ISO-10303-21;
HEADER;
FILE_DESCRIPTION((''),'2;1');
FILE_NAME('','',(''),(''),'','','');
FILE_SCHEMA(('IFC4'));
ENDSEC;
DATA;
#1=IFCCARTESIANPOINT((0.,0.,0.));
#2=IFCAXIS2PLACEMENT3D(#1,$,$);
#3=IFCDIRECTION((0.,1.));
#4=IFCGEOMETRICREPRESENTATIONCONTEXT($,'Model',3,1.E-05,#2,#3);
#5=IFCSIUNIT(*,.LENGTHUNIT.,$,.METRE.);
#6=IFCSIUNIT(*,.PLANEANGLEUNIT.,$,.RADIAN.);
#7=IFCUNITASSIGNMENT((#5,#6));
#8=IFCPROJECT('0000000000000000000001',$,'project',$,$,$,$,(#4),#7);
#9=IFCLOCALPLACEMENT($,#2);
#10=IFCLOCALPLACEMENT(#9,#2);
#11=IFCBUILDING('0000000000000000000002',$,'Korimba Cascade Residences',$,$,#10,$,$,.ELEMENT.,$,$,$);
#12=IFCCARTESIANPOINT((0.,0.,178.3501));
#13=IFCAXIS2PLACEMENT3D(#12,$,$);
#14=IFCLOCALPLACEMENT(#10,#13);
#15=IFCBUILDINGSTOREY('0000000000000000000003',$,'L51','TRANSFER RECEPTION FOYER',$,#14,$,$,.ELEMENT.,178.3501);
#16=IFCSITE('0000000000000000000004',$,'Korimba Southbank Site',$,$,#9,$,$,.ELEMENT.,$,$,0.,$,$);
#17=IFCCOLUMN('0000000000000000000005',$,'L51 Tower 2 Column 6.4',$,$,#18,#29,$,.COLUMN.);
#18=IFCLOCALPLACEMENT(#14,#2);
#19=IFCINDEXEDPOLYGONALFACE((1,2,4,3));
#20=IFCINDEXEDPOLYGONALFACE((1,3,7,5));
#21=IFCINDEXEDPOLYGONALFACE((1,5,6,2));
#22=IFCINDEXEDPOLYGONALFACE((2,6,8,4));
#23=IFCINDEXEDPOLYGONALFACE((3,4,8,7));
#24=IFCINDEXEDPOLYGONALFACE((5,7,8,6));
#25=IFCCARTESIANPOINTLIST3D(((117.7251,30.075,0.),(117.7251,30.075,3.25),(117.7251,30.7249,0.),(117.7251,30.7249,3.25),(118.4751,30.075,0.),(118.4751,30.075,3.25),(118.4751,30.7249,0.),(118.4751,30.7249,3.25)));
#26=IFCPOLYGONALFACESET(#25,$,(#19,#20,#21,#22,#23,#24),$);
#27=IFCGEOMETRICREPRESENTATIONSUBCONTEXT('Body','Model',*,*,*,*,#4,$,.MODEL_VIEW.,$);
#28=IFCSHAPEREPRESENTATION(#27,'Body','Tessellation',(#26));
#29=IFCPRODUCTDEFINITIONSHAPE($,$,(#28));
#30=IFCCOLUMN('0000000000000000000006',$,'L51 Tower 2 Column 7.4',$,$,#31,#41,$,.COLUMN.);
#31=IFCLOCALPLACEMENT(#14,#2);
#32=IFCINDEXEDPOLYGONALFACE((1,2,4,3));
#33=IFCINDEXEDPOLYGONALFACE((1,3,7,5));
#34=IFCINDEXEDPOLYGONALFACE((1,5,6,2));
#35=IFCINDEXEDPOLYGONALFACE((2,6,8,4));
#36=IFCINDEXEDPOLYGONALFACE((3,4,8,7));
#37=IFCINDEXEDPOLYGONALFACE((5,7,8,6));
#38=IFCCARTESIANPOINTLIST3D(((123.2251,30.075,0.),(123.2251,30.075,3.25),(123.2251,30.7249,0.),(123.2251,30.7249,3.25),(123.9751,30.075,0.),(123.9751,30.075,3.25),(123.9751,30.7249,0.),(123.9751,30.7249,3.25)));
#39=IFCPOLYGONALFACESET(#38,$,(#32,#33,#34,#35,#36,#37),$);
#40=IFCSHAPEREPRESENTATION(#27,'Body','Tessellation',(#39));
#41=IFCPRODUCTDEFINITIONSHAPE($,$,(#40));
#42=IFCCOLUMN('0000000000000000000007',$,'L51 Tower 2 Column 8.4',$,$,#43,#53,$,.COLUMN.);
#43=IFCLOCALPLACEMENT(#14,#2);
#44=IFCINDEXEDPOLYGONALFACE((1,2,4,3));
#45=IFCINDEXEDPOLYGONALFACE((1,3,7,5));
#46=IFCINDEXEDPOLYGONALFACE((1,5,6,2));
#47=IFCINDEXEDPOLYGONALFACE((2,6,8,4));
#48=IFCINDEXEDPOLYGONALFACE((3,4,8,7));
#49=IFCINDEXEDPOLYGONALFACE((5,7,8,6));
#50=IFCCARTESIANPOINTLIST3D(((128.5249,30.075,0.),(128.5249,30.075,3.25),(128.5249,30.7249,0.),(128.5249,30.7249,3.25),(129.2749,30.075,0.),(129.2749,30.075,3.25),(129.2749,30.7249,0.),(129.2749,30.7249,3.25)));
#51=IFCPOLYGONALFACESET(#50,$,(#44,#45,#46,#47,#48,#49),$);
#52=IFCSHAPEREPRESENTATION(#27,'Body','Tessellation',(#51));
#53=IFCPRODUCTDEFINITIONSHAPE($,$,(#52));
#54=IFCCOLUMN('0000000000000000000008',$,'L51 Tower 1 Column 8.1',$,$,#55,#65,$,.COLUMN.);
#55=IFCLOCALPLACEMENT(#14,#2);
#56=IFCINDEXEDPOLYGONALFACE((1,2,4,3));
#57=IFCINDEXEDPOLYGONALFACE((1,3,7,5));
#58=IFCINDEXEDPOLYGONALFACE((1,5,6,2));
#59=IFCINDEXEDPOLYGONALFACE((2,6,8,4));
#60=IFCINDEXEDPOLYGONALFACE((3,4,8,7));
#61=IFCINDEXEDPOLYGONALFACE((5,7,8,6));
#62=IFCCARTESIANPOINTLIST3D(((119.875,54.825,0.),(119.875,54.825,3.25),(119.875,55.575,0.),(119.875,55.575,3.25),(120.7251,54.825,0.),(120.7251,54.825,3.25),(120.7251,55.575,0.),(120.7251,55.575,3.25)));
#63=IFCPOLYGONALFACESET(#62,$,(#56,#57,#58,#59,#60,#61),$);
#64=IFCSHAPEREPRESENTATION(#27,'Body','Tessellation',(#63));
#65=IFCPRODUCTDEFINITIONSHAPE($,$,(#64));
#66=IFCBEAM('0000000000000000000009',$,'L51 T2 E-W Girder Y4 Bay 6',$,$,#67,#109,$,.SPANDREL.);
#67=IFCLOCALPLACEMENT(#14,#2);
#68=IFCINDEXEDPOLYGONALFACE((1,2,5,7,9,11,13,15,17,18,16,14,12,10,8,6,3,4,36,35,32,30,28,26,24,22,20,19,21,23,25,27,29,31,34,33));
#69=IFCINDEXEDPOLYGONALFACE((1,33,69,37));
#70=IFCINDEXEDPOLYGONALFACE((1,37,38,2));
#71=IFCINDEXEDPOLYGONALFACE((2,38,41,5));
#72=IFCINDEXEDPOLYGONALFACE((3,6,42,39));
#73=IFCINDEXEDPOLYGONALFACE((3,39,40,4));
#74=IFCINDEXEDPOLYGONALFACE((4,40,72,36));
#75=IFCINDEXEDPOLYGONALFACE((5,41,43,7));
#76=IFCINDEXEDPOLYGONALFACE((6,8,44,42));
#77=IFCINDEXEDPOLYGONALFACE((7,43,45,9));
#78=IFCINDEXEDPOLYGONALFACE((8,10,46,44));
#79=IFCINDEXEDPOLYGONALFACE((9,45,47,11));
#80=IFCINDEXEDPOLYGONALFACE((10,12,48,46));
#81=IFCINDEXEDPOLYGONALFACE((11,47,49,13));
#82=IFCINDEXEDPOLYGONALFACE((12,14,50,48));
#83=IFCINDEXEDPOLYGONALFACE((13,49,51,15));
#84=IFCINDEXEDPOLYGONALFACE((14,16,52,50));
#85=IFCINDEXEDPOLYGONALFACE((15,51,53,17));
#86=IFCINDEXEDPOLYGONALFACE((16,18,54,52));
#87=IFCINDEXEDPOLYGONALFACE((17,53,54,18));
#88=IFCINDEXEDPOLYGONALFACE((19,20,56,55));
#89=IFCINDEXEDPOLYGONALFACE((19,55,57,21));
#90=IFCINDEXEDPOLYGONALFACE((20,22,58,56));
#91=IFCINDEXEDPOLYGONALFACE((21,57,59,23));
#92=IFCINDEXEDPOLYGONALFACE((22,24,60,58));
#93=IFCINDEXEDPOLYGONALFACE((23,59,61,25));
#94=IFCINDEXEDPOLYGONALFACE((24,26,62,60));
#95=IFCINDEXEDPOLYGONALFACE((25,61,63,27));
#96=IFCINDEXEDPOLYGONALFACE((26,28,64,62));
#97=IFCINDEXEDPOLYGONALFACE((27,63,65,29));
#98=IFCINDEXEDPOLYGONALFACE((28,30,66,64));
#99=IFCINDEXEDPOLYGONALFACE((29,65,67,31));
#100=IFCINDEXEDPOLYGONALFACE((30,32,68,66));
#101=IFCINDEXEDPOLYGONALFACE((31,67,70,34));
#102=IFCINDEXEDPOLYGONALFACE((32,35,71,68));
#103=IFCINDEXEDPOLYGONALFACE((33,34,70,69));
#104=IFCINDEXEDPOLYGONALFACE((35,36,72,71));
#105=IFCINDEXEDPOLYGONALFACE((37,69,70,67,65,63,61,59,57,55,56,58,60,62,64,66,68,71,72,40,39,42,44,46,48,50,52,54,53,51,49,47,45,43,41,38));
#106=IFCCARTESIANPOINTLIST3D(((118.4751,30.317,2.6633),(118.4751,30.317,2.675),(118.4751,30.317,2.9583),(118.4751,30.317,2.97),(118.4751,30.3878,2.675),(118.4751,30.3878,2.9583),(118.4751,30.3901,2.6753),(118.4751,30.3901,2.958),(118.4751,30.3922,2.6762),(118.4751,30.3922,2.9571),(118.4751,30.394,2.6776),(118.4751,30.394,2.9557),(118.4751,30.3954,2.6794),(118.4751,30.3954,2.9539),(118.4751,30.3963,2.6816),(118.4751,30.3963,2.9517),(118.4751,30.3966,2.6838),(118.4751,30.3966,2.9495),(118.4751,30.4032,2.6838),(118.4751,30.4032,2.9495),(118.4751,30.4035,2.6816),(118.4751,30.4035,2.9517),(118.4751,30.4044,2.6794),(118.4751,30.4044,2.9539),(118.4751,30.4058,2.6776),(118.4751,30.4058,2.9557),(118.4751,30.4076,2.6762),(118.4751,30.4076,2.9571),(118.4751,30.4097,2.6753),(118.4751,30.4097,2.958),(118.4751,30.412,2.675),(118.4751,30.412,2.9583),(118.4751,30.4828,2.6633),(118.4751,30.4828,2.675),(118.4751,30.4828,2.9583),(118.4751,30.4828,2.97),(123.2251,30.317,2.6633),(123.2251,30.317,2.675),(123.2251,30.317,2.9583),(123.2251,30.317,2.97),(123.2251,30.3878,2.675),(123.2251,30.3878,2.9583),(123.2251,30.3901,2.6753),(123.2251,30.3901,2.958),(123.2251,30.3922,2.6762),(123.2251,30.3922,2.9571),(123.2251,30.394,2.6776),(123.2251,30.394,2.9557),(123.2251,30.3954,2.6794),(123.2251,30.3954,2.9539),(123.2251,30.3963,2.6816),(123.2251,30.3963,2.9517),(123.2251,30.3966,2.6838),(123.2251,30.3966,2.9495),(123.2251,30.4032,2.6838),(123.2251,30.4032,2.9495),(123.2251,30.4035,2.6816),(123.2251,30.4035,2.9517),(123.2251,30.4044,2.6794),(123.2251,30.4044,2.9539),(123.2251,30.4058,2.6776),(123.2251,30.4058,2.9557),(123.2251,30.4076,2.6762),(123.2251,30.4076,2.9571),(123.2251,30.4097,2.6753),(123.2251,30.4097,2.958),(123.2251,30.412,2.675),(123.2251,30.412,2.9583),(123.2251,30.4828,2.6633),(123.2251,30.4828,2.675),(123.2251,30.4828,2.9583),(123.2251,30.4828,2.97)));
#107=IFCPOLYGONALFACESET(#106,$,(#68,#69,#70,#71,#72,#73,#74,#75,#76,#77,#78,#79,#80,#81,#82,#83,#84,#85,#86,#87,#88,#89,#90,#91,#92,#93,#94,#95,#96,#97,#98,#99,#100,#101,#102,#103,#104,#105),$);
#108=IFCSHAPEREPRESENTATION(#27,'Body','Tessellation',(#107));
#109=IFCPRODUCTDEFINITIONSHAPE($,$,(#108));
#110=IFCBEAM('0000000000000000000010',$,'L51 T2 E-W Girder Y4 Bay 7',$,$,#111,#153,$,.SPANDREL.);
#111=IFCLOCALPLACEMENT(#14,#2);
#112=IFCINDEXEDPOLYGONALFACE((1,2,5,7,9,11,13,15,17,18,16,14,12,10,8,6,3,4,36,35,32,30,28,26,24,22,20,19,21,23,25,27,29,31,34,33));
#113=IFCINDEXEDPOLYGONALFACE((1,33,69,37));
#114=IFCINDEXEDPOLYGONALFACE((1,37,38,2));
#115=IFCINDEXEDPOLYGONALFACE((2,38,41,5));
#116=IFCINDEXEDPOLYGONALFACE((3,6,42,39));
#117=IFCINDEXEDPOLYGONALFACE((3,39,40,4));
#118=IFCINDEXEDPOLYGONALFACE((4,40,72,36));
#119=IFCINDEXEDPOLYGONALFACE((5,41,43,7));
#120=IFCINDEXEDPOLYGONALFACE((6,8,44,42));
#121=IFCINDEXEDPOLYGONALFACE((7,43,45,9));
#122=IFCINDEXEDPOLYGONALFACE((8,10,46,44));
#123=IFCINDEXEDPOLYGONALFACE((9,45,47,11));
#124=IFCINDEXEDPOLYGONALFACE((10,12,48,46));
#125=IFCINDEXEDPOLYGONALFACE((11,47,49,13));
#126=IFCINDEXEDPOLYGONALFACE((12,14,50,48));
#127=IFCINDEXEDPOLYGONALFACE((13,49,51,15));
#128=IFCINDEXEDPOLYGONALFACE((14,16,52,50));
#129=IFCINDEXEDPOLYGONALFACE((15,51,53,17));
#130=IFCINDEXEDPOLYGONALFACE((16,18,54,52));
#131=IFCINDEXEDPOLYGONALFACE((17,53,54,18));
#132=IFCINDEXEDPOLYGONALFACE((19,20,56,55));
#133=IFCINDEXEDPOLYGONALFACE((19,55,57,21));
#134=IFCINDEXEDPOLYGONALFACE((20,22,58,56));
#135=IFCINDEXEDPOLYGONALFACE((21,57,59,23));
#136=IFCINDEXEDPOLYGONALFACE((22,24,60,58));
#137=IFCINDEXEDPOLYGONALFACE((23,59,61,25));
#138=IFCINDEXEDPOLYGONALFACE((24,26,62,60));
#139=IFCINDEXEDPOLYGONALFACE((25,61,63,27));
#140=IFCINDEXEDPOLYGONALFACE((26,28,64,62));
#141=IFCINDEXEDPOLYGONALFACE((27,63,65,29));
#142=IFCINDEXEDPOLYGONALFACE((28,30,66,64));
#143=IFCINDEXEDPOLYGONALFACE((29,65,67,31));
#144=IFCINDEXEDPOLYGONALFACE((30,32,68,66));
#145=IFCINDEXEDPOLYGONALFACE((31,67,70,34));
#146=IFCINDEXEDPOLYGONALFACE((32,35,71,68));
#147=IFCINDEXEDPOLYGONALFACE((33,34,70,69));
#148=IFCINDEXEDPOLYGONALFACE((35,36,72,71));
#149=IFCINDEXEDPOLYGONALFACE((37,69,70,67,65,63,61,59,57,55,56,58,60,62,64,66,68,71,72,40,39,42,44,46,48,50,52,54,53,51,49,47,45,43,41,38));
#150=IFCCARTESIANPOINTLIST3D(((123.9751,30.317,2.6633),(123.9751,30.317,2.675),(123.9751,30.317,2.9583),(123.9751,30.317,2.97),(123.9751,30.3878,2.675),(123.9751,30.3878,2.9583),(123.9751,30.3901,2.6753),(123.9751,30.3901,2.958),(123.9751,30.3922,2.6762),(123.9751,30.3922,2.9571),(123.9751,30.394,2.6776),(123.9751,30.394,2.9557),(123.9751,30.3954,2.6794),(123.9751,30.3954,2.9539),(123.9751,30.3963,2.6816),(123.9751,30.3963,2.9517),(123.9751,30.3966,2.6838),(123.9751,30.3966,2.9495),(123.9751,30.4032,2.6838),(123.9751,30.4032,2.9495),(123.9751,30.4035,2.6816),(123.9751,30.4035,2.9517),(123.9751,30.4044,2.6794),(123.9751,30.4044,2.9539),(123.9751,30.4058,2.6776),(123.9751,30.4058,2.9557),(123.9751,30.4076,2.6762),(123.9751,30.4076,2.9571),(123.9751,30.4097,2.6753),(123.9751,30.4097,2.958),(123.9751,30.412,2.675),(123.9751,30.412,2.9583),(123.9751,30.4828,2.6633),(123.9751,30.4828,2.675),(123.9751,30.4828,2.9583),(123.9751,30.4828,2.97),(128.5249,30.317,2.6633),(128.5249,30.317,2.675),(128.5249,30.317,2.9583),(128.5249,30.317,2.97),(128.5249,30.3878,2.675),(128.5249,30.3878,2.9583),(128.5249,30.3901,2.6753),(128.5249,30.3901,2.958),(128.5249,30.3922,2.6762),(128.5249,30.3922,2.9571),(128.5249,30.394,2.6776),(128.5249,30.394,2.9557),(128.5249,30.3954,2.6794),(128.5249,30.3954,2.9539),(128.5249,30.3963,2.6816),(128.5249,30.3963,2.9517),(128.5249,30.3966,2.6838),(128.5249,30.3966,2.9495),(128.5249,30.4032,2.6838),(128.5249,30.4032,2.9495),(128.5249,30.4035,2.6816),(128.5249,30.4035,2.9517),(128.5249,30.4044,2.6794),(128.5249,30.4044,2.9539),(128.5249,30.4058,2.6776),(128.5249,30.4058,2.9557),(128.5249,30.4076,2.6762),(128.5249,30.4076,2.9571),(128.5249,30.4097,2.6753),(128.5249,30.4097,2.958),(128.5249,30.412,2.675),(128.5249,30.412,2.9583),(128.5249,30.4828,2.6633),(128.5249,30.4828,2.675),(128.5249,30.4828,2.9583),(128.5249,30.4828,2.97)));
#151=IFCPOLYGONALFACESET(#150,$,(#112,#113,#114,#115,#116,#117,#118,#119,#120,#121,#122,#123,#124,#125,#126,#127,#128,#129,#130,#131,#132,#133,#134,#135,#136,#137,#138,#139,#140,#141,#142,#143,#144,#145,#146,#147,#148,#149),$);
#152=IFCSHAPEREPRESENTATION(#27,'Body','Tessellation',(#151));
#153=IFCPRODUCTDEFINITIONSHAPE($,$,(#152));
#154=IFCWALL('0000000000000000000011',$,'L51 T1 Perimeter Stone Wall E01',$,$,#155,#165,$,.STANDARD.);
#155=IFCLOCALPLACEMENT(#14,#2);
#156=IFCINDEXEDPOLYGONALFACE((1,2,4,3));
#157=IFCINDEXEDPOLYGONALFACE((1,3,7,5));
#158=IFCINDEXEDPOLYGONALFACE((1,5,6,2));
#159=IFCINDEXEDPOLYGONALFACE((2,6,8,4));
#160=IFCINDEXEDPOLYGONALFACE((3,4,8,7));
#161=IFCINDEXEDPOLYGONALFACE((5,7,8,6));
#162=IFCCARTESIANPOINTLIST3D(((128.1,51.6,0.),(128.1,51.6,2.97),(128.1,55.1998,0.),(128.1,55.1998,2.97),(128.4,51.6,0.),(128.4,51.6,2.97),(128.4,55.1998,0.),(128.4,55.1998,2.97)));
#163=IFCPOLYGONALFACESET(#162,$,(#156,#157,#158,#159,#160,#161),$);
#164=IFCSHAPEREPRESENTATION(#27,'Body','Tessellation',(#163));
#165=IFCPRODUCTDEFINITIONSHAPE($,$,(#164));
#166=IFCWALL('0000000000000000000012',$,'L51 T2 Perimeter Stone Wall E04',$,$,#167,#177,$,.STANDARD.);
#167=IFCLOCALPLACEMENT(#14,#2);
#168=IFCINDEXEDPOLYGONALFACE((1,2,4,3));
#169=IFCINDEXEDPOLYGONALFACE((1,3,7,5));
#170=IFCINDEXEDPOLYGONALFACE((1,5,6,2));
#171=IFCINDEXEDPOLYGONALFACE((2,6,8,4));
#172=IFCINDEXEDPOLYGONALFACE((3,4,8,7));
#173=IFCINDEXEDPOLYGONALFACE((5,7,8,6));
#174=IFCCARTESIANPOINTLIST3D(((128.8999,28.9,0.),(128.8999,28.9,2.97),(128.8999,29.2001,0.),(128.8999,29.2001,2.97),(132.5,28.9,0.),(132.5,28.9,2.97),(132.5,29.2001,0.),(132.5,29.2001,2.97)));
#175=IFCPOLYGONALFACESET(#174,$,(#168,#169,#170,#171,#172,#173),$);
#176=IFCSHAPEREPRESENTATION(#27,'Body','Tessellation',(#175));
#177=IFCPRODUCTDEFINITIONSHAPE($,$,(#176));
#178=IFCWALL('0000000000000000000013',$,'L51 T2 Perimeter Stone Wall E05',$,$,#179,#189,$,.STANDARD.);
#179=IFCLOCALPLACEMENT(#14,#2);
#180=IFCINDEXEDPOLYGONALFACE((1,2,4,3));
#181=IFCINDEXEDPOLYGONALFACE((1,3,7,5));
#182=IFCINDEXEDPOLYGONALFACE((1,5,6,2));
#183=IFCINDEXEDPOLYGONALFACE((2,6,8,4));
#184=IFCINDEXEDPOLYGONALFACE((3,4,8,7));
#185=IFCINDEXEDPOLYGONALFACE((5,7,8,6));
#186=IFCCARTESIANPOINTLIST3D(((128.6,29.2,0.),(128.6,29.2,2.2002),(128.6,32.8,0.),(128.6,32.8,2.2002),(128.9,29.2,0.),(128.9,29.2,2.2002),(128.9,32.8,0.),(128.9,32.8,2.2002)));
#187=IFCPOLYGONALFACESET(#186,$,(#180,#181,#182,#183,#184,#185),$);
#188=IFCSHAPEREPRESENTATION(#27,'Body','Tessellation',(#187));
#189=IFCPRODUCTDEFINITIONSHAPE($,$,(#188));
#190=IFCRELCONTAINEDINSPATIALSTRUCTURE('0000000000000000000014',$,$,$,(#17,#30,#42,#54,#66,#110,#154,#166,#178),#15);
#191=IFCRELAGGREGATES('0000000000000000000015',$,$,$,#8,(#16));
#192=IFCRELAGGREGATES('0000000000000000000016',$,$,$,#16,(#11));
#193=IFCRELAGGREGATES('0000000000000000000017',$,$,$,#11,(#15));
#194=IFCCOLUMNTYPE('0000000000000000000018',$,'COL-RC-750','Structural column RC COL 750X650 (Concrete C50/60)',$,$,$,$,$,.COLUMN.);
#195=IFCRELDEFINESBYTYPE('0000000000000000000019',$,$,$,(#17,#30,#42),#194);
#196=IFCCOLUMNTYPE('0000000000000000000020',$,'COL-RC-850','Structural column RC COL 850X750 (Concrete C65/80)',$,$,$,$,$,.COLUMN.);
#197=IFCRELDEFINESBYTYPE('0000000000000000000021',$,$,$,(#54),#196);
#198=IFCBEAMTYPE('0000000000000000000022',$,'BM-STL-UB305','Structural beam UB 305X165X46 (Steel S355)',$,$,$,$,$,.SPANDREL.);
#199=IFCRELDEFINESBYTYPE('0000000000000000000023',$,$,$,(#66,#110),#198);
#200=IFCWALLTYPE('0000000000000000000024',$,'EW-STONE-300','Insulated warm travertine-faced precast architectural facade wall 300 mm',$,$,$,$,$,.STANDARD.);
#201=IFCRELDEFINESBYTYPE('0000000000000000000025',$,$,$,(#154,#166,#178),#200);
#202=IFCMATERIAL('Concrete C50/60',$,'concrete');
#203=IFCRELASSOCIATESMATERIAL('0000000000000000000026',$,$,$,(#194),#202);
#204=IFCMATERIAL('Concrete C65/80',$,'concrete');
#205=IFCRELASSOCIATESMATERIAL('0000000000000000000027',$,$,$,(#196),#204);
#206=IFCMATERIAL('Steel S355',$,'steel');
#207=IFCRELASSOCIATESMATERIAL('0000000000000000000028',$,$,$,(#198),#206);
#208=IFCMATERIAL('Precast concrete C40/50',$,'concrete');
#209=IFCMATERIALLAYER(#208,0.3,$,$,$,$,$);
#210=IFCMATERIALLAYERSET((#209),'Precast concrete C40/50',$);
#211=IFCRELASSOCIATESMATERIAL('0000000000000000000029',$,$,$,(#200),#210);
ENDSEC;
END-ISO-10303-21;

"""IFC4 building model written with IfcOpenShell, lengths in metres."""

from ifc_helpers import new_model, si_unit, direction, frame, frame_2d, origin, origin_2d, place, context, subcontext, project, spatial, rectangle, i_section, extrude, material, layer, layer_set, material_profile, profile_set, type_object, element, save


model = new_model("IFC4")

# Units and contexts
model_context = context("Model", 3, precision=1e-05, world=origin(), true_north=direction((0.0, 1.0)))
body_context = subcontext(model_context, "Body", "Model", "MODEL_VIEW")
ifc_project = project(units=[si_unit("LENGTHUNIT", "METRE"), si_unit("PLANEANGLEUNIT", "RADIAN")], contexts=[model_context])

# Site, building, storey
site_placement = place(None, origin())
site = spatial("IfcSite", under=ifc_project, at=site_placement, Name="Korimba Southbank Site", CompositionType="ELEMENT", RefElevation=0.0)
building_placement = place(site_placement, origin())
building = spatial("IfcBuilding", under=site, at=building_placement, Name="Korimba Cascade Residences", CompositionType="ELEMENT")
storey_placement = place(building_placement, frame((0.0, 0.0, 178.3501)))
storey = spatial("IfcBuildingStorey", under=building, at=storey_placement, Name="L51", Description="TRANSFER RECEPTION FOYER", CompositionType="ELEMENT", Elevation=178.3501)

# Columns
ifc_material_1 = material(Name="Concrete C50/60", Category="concrete")
ifc_material_profile_1 = material_profile(ifc_material_1, rectangle(XDim=0.75, YDim=0.6499, at=origin_2d()), Name="Concrete C50/60")
ifc_profile_set_1 = profile_set([ifc_material_profile_1], Name="Concrete C50/60")
column_type_1 = type_object("IfcColumnType", Name="COL-RC-750", Description="Structural column RC COL 750X650 (Concrete C50/60)", PredefinedType="COLUMN", material=ifc_profile_set_1)
for number, where, z_axis, x_axis, name in (
    (1, (118.1001, 30.3999, 0.0), (0.0, 0.0, 1.0), (1.0, 0.0, 0.0), "L51 Tower 2 Column 6.4"),
    (2, (123.6001, 30.3999, 0.0), (0.0, 0.0, 1.0), (1.0, 0.0, 0.0), "L51 Tower 2 Column 7.4"),
    (3, (128.8999, 30.3999, 0.0), (0.0, 0.0, 1.0), (1.0, 0.0, 0.0), "L51 Tower 2 Column 8.4"),
):
    element("IfcColumn", number, at=place(storey_placement, frame(where, z_axis=z_axis, x_axis=x_axis)), inside=storey, type_object=column_type_1, Name=name, PredefinedType="COLUMN", context=body_context, shape_type="SweptSolid", body=[
        extrude(rectangle(XDim=0.75, YDim=0.6499, at=origin_2d()), origin(), (0.0, 0.0, 1.0), 3.25),
    ])
ifc_material_2 = material(Name="Concrete C65/80", Category="concrete")
ifc_material_profile_2 = material_profile(ifc_material_2, rectangle(XDim=0.8501, YDim=0.75, at=origin_2d()), Name="Concrete C65/80")
ifc_profile_set_2 = profile_set([ifc_material_profile_2], Name="Concrete C65/80")
column_type_2 = type_object("IfcColumnType", Name="COL-RC-850", Description="Structural column RC COL 850X750 (Concrete C65/80)", PredefinedType="COLUMN", material=ifc_profile_set_2)
column_placement = place(storey_placement, frame((120.3, 55.2, 0.0), z_axis=(0.0, 0.0, 1.0), x_axis=(1.0, 0.0, 0.0)))
element("IfcColumn", 4, at=column_placement, inside=storey, type_object=column_type_2, Name="L51 Tower 1 Column 8.1", PredefinedType="COLUMN", context=body_context, shape_type="SweptSolid", body=[
    extrude(rectangle(XDim=0.8501, YDim=0.75, at=origin_2d()), origin(), (0.0, 0.0, 1.0), 3.25),
])

# Beams
ifc_material_3 = material(Name="Steel S355", Category="steel")
ifc_material_profile_3 = material_profile(ifc_material_3, i_section(OverallWidth=0.1658, OverallDepth=0.3066, WebThickness=0.0066, FlangeThickness=0.0117, FilletRadius=0.0088, at=origin_2d()), Name="Steel S355")
ifc_profile_set_3 = profile_set([ifc_material_profile_3], Name="Steel S355")
beam_type = type_object("IfcBeamType", Name="BM-STL-UB305", Description="Structural beam UB 305X165X46 (Steel S355)", PredefinedType="SPANDREL", material=ifc_profile_set_3)
beam_1_placement = place(storey_placement, frame((118.4751, 30.3999, 2.8167), z_axis=(1.0, 0.0, 0.0), x_axis=(0.0, 1.0, 0.0)))
element("IfcBeam", 5, at=beam_1_placement, inside=storey, type_object=beam_type, Name="L51 T2 E-W Girder Y4 Bay 6", PredefinedType="SPANDREL", context=body_context, shape_type="SweptSolid", body=[
    extrude(i_section(OverallWidth=0.1658, OverallDepth=0.3066, WebThickness=0.0066, FlangeThickness=0.0117, FilletRadius=0.0088, at=origin_2d()), origin(), (0.0, 0.0, 1.0), 4.75),
])
beam_2_placement = place(storey_placement, frame((123.9751, 30.3999, 2.8167), z_axis=(1.0, 0.0, 0.0), x_axis=(0.0, 1.0, 0.0)))
element("IfcBeam", 6, at=beam_2_placement, inside=storey, type_object=beam_type, Name="L51 T2 E-W Girder Y4 Bay 7", PredefinedType="SPANDREL", context=body_context, shape_type="SweptSolid", body=[
    extrude(i_section(OverallWidth=0.1658, OverallDepth=0.3066, WebThickness=0.0066, FlangeThickness=0.0117, FilletRadius=0.0088, at=origin_2d()), origin(), (0.0, 0.0, 1.0), 4.5498),
])

# Walls
ifc_material_4 = material(Name="Precast concrete C40/50", Category="concrete")
ifc_layer_1 = layer(ifc_material_4, 0.3)
ifc_layer_set_1 = layer_set([ifc_layer_1], Name="Precast concrete C40/50")
wall_type_1 = type_object("IfcWallType", Name="EW-STONE-300", Description="Insulated warm travertine-faced precast architectural facade wall 300 mm", PredefinedType="STANDARD", material=ifc_layer_set_1)
wall_1_placement = place(storey_placement, frame((128.25, 51.6001, 0.0), z_axis=(0.0, 0.0, 1.0), x_axis=(0.0, 1.0, 0.0)))
element("IfcWall", 7, at=wall_1_placement, inside=storey, type_object=wall_type_1, Name="L51 T1 Perimeter Stone Wall E01", PredefinedType="STANDARD", context=body_context, shape_type="SweptSolid", body=[
    extrude(rectangle(XDim=3.5999, YDim=0.3, at=frame_2d((1.7998, 0.0))), origin(), (0.0, 0.0, 1.0), 2.97),
])
wall_2_placement = place(storey_placement, frame((132.5, 29.05, 0.0), z_axis=(0.0, 0.0, 1.0), x_axis=(-1.0, 0.0, 0.0)))
element("IfcWall", 8, at=wall_2_placement, inside=storey, type_object=wall_type_1, Name="L51 T2 Perimeter Stone Wall E04", PredefinedType="STANDARD", context=body_context, shape_type="SweptSolid", body=[
    extrude(rectangle(XDim=3.6001, YDim=0.3, at=frame_2d((1.8, 0.0))), origin(), (0.0, 0.0, 1.0), 2.97),
])
wall_3_placement = place(storey_placement, frame((128.75, 29.2, 0.0), z_axis=(0.0, 0.0, 1.0), x_axis=(0.0, 1.0, 0.0)))
element("IfcWall", 9, at=wall_3_placement, inside=storey, type_object=wall_type_1, Name="L51 T2 Perimeter Stone Wall E05", PredefinedType="STANDARD", context=body_context, shape_type="SweptSolid", body=[
    extrude(rectangle(XDim=3.6001, YDim=0.3, at=frame_2d((1.8, 0.0))), origin(), (0.0, 0.0, 1.0), 2.2002),
])

save(model, "model.ifc")
